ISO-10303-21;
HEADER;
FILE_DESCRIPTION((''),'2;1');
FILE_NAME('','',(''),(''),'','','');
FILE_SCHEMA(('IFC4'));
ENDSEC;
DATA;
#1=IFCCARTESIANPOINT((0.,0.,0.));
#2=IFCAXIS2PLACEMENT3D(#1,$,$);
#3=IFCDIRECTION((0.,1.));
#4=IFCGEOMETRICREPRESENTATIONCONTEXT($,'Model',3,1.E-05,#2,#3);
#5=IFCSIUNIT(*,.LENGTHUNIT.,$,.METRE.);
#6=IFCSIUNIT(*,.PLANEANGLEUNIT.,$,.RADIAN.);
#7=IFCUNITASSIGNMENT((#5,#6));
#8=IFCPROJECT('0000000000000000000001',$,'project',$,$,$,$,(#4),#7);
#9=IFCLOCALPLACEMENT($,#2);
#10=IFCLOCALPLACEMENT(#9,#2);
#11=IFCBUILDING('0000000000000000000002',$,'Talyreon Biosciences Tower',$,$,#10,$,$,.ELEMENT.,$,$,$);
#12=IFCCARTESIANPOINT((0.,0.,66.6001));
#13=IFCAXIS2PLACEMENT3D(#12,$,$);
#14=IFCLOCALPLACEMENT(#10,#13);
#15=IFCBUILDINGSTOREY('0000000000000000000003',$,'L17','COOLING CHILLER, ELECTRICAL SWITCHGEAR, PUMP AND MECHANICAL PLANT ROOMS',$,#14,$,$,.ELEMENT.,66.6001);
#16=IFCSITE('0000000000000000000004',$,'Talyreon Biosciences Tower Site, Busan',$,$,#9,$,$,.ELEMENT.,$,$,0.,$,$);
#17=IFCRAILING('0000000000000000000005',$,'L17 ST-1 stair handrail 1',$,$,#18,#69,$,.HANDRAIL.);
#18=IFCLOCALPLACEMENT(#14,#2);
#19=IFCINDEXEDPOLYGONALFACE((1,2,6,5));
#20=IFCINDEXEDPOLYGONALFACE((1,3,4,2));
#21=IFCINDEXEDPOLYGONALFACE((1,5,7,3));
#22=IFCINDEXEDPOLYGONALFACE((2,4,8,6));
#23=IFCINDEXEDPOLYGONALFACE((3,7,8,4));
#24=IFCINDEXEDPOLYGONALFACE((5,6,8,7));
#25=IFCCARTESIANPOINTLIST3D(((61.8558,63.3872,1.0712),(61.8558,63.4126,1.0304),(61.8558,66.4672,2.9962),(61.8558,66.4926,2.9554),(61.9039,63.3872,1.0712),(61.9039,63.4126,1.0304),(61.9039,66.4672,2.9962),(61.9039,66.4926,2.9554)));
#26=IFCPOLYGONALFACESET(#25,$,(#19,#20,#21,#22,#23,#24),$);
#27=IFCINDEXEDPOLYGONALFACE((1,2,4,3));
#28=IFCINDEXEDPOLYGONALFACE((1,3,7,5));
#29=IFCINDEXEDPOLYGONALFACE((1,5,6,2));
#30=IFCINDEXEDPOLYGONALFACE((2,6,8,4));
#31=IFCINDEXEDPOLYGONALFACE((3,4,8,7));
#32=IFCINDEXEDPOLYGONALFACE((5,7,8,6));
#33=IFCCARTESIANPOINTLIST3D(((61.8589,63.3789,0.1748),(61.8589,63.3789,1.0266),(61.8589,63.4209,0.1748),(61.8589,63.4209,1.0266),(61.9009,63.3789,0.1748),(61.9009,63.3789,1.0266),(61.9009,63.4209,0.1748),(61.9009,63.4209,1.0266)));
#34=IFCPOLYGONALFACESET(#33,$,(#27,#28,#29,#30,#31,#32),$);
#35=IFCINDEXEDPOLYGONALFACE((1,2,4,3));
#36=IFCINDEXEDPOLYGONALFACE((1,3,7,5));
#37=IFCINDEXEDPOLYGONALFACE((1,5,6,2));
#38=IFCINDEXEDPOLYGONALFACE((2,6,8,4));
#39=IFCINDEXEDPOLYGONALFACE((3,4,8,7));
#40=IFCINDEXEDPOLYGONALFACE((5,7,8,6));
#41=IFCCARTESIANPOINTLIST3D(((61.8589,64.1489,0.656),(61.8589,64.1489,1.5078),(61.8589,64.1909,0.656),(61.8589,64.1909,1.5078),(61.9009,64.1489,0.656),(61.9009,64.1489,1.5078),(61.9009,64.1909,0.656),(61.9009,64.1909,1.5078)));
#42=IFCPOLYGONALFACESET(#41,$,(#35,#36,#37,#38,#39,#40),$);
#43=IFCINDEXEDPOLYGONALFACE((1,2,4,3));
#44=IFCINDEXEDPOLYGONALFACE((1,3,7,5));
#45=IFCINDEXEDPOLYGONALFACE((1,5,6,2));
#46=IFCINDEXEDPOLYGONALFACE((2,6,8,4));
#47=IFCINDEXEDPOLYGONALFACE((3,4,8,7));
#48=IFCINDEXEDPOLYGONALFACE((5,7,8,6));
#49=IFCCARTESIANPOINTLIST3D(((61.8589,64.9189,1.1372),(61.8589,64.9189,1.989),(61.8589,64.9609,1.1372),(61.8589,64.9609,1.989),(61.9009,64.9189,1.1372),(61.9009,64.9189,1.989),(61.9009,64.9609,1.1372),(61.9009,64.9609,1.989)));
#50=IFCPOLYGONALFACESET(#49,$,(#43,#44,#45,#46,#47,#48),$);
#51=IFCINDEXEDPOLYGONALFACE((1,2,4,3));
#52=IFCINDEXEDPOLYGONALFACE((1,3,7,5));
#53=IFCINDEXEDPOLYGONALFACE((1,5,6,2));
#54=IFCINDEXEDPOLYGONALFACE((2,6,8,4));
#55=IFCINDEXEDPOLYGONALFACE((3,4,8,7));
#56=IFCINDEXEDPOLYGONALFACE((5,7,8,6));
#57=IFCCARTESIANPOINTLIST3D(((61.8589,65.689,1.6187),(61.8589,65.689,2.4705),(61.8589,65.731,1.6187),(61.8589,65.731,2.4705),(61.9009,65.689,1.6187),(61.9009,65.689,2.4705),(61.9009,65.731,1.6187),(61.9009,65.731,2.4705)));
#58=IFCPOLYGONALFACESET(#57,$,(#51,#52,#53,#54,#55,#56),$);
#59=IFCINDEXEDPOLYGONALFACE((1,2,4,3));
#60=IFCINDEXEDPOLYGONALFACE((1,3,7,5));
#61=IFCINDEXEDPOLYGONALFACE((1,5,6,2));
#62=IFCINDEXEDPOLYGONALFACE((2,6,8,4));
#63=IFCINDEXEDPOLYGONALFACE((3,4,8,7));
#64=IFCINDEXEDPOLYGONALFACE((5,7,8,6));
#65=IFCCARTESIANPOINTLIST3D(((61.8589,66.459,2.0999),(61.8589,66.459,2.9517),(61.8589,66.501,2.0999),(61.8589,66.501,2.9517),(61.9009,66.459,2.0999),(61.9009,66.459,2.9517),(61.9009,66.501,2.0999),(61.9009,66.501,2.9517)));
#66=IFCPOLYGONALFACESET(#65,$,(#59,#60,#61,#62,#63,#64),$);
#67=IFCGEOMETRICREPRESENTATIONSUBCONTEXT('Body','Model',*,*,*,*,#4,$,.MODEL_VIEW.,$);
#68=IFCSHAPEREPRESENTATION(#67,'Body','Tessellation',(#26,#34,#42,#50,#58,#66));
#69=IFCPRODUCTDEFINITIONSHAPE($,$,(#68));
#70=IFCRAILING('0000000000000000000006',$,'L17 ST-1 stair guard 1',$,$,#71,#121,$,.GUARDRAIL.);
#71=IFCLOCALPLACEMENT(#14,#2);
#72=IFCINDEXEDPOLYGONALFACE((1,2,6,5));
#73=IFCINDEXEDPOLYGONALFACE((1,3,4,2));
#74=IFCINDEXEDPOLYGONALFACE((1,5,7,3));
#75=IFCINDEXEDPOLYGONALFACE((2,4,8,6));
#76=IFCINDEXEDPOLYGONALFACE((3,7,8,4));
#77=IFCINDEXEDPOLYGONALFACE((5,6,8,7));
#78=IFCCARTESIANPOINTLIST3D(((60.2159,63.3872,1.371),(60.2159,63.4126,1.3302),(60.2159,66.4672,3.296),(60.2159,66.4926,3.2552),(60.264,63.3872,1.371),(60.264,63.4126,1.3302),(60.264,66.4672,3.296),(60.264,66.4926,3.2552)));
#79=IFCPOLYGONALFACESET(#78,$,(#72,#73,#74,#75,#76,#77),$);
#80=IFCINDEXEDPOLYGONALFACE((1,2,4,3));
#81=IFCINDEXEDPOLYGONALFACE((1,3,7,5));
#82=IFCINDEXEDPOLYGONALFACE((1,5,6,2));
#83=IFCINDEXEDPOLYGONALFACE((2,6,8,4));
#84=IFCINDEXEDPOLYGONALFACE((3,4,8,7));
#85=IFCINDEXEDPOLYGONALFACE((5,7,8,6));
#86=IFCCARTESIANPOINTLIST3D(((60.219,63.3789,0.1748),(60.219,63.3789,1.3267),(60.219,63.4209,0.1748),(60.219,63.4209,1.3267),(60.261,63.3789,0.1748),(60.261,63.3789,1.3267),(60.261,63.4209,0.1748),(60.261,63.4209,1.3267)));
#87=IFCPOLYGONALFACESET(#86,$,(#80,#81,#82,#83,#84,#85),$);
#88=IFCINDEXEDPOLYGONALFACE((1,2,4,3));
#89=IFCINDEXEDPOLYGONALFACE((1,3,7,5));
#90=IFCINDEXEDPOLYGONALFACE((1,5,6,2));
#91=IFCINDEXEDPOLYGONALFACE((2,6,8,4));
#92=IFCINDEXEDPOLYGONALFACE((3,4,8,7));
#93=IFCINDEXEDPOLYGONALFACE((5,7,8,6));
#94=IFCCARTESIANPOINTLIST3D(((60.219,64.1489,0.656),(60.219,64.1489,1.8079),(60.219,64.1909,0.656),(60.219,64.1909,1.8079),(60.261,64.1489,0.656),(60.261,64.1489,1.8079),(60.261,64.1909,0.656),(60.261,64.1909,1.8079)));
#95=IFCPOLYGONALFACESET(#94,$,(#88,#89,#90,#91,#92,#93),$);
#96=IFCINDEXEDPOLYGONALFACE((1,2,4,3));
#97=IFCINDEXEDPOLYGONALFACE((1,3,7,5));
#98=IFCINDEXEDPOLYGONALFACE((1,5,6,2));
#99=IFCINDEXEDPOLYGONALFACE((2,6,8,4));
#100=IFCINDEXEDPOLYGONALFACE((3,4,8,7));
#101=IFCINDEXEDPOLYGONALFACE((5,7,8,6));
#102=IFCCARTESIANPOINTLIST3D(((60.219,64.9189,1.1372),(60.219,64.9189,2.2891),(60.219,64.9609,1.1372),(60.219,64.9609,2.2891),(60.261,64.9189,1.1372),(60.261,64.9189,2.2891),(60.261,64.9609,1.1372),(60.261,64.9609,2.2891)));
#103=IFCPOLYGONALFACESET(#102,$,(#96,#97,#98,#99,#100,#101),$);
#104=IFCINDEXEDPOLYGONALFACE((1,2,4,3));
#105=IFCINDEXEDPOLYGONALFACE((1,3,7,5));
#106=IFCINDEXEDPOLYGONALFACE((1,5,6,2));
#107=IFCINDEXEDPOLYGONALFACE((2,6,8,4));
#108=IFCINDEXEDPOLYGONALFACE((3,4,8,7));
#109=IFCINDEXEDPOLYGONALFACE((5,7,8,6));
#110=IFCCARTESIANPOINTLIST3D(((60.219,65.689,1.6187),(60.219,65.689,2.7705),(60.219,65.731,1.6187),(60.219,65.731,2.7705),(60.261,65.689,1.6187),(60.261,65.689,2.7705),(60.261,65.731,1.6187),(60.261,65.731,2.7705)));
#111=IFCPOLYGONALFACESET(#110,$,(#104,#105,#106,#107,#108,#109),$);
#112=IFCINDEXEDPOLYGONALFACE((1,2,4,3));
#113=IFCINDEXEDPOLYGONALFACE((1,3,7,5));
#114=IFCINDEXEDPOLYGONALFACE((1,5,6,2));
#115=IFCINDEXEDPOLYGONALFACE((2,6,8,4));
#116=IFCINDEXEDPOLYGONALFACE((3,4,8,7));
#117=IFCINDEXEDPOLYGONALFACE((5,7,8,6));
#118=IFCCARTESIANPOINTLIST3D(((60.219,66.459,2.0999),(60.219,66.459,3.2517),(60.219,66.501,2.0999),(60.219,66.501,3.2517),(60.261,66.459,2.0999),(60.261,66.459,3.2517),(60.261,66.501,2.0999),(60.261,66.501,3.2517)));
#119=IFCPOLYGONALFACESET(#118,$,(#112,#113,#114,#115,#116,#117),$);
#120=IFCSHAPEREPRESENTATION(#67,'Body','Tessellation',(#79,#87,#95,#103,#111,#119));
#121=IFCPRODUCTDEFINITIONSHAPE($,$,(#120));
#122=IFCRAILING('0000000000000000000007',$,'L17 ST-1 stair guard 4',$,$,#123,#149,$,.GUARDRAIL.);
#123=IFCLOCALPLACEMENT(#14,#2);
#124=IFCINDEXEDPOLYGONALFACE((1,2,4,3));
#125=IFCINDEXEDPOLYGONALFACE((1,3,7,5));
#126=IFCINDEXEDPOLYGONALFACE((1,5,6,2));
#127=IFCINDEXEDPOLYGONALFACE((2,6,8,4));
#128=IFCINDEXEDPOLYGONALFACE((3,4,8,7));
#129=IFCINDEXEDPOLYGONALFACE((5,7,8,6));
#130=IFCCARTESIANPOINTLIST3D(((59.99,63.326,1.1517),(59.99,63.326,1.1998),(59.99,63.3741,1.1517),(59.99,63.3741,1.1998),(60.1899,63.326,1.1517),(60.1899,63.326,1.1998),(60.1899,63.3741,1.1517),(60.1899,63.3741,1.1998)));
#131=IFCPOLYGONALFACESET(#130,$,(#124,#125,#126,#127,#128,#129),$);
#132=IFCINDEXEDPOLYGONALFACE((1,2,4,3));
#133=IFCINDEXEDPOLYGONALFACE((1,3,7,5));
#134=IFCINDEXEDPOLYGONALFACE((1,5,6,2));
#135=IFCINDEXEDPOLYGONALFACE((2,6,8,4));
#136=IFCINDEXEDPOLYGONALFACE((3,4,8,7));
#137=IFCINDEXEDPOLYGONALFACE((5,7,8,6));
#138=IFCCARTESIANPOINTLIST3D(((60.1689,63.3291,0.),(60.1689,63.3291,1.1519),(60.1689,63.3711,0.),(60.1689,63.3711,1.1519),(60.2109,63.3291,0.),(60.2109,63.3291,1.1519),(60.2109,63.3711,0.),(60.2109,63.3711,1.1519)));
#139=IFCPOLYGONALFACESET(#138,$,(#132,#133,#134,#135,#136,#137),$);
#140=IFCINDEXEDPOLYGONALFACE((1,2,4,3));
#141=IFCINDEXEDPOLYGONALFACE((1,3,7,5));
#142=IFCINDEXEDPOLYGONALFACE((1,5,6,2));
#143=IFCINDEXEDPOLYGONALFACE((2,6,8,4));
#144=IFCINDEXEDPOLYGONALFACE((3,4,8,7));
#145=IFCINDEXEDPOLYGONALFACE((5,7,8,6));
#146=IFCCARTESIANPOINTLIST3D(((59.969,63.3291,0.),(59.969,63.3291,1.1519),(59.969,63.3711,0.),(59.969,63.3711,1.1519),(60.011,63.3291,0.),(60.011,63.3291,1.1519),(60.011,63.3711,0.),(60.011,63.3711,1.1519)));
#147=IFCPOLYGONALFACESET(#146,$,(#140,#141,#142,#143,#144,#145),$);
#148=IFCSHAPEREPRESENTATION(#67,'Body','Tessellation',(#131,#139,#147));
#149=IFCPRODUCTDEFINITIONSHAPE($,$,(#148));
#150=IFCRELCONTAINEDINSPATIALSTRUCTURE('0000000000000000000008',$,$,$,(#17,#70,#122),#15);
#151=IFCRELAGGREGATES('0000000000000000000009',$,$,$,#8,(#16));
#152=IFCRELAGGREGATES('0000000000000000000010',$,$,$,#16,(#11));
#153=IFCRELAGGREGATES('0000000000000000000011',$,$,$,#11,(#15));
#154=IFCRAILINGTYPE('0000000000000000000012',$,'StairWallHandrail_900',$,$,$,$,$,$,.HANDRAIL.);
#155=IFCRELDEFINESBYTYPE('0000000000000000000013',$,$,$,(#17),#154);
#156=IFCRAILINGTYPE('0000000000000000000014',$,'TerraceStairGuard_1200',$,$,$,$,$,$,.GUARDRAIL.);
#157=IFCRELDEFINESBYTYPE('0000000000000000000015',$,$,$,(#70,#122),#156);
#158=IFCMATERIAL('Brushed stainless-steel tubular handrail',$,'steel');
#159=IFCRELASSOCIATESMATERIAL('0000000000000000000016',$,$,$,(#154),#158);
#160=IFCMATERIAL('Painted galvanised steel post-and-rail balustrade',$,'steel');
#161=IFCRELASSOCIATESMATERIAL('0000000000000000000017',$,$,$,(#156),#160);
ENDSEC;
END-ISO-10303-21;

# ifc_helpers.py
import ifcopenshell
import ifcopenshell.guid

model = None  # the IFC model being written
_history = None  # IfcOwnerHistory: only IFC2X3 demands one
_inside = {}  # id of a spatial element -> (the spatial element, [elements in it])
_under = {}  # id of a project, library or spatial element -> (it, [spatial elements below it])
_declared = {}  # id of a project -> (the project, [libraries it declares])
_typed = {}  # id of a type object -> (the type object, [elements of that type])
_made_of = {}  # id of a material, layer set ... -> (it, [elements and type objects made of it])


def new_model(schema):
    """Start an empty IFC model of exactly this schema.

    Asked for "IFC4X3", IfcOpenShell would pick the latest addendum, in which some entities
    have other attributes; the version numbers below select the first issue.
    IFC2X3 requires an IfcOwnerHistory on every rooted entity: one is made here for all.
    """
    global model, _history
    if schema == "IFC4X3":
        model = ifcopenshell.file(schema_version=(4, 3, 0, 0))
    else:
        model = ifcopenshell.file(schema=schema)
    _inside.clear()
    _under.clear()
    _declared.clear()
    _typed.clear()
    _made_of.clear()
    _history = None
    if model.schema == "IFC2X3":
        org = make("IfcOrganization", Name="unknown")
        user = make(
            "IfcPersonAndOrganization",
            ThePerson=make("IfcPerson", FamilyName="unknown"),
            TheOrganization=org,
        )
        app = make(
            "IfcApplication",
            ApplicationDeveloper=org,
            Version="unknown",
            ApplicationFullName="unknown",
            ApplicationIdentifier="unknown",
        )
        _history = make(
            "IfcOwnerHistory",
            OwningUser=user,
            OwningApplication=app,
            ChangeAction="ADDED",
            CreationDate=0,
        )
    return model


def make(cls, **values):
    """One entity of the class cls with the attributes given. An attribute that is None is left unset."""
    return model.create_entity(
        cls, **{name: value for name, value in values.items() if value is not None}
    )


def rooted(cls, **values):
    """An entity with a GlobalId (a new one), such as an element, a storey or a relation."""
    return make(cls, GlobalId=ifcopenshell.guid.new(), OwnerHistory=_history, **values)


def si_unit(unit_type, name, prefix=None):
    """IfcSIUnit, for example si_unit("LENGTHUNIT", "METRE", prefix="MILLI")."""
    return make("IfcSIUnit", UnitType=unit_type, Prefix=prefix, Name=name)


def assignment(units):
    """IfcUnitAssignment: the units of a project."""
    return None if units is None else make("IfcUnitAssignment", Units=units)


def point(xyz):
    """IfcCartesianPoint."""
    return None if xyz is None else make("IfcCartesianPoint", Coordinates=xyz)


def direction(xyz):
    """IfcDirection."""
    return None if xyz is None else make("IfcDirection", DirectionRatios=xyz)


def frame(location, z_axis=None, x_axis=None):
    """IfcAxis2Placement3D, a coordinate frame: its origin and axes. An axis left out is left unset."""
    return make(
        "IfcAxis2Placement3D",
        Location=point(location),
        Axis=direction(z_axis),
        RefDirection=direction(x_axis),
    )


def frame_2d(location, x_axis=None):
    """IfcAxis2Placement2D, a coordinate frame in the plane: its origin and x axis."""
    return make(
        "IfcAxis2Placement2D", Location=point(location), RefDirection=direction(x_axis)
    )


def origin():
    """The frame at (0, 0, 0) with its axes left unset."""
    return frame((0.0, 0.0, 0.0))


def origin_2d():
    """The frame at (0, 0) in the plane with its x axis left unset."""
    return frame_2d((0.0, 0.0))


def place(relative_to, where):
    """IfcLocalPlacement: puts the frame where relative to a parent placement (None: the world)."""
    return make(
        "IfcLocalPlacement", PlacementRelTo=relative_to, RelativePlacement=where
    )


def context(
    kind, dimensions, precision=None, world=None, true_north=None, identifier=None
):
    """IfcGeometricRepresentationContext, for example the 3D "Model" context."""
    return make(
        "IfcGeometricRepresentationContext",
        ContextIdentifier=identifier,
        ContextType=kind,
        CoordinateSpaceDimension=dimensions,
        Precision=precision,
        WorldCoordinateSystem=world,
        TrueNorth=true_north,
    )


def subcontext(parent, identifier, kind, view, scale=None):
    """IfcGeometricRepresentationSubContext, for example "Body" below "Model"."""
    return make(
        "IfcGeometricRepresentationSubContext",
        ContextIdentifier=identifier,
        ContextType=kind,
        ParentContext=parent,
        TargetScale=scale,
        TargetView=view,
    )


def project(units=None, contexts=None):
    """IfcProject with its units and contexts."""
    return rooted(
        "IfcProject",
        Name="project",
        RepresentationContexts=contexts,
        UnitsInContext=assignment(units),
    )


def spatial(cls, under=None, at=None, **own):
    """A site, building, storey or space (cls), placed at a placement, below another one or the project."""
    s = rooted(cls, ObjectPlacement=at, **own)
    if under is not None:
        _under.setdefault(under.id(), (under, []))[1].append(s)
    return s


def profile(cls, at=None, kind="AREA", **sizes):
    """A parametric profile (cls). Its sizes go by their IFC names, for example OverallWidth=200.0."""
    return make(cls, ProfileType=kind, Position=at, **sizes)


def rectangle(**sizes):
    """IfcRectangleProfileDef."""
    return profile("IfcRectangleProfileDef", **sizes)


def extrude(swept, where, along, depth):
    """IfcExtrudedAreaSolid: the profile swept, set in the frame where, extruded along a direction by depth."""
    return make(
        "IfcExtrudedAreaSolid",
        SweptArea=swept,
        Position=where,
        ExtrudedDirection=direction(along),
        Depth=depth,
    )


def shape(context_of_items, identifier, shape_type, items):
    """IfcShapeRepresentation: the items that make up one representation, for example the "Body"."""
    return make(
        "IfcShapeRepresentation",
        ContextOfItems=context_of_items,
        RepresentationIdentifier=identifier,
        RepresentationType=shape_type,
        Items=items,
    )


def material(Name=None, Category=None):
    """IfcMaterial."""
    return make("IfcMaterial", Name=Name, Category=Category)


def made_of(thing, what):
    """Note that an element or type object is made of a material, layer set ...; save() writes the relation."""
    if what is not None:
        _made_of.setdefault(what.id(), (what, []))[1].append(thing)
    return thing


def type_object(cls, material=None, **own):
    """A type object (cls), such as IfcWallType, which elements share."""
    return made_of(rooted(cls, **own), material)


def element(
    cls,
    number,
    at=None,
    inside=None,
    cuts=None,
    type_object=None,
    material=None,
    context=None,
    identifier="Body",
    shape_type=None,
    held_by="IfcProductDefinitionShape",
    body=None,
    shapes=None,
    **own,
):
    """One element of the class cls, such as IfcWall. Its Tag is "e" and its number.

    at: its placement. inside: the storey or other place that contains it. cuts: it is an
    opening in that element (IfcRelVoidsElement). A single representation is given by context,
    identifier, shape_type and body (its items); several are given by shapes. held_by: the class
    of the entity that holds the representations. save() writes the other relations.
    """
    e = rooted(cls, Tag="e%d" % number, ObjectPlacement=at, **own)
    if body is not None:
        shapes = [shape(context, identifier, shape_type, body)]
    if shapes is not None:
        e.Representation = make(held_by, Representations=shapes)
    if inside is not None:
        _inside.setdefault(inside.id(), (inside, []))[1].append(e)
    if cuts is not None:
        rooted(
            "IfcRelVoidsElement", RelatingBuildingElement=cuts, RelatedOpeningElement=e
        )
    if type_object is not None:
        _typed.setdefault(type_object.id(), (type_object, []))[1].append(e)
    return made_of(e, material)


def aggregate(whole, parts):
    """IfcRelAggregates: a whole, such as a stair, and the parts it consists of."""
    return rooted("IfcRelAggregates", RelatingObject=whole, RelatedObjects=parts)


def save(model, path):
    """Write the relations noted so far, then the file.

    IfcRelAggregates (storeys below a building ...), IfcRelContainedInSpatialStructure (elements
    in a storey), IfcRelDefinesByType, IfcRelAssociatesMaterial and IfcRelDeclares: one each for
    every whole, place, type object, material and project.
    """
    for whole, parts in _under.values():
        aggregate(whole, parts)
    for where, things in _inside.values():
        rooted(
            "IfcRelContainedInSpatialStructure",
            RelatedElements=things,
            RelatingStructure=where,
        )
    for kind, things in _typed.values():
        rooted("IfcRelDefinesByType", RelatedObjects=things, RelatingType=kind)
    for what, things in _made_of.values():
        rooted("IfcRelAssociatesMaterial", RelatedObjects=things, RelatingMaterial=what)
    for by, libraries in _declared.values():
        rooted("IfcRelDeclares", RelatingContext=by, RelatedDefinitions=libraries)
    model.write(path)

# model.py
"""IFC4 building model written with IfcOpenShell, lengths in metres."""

from ifc_helpers import new_model, si_unit, direction, frame, origin, origin_2d, place, context, subcontext, project, spatial, rectangle, extrude, material, type_object, element, save


model = new_model("IFC4")

# Units and contexts
model_context = context("Model", 3, precision=1e-05, world=origin(), true_north=direction((0.0, 1.0)))
body_context = subcontext(model_context, "Body", "Model", "MODEL_VIEW")
ifc_project = project(units=[si_unit("LENGTHUNIT", "METRE"), si_unit("PLANEANGLEUNIT", "RADIAN")], contexts=[model_context])

# Site, building, storey
site_placement = place(None, origin())
site = spatial("IfcSite", under=ifc_project, at=site_placement, Name="Talyreon Biosciences Tower Site, Busan", CompositionType="ELEMENT", RefElevation=0.0)
building_placement = place(site_placement, origin())
building = spatial("IfcBuilding", under=site, at=building_placement, Name="Talyreon Biosciences Tower", CompositionType="ELEMENT")
storey_placement = place(building_placement, frame((0.0, 0.0, 66.6001)))
storey = spatial("IfcBuildingStorey", under=building, at=storey_placement, Name="L17", Description="COOLING CHILLER, ELECTRICAL SWITCHGEAR, PUMP AND MECHANICAL PLANT ROOMS", CompositionType="ELEMENT", Elevation=66.6001)

# Railings
ifc_material_1 = material(Name="Brushed stainless-steel tubular handrail", Category="steel")
railing_type_1 = type_object("IfcRailingType", Name="StairWallHandrail_900", PredefinedType="HANDRAIL", material=ifc_material_1)
railing_1_placement = place(storey_placement, frame((61.8799, 63.3999, 0.1748)))
element("IfcRailing", 1, at=railing_1_placement, inside=storey, type_object=railing_type_1, Name="L17 ST-1 stair handrail 1", PredefinedType="HANDRAIL", context=body_context, shape_type="SweptSolid", body=[
    extrude(rectangle(XDim=0.0481, YDim=0.0481, at=origin_2d()), frame((0.0, 0.0, 0.876), z_axis=(0.0, 0.847998, 0.529999), x_axis=(-1.0, 0.0, 0.0)), (0.0, 0.0, 1.0), 3.6321),
    extrude(rectangle(XDim=0.042, YDim=0.042, at=origin_2d()), origin(), (0.0, 0.0, 1.0), 0.8518),
    extrude(rectangle(XDim=0.042, YDim=0.042, at=origin_2d()), frame((0.0, 0.77, 0.4812)), (0.0, 0.0, 1.0), 0.8518),
    extrude(rectangle(XDim=0.042, YDim=0.042, at=origin_2d()), frame((0.0, 1.54, 0.9624)), (0.0, 0.0, 1.0), 0.8518),
    extrude(rectangle(XDim=0.042, YDim=0.042, at=origin_2d()), frame((0.0, 2.3101, 1.4438)), (0.0, 0.0, 1.0), 0.8518),
    extrude(rectangle(XDim=0.042, YDim=0.042, at=origin_2d()), frame((0.0, 3.0801, 1.925)), (0.0, 0.0, 1.0), 0.8518),
])
ifc_material_2 = material(Name="Painted galvanised steel post-and-rail balustrade", Category="steel")
railing_type_2 = type_object("IfcRailingType", Name="TerraceStairGuard_1200", PredefinedType="GUARDRAIL", material=ifc_material_2)
railing_2_placement = place(storey_placement, frame((60.24, 63.3999, 0.1748)))
element("IfcRailing", 2, at=railing_2_placement, inside=storey, type_object=railing_type_2, Name="L17 ST-1 stair guard 1", PredefinedType="GUARDRAIL", context=body_context, shape_type="SweptSolid", body=[
    extrude(rectangle(XDim=0.0481, YDim=0.0481, at=origin_2d()), frame((0.0, 0.0, 1.1758), z_axis=(0.0, 0.847998, 0.529999), x_axis=(-1.0, 0.0, 0.0)), (0.0, 0.0, 1.0), 3.6321),
    extrude(rectangle(XDim=0.042, YDim=0.042, at=origin_2d()), origin(), (0.0, 0.0, 1.0), 1.1519),
    extrude(rectangle(XDim=0.042, YDim=0.042, at=origin_2d()), frame((0.0, 0.77, 0.4812)), (0.0, 0.0, 1.0), 1.1519),
    extrude(rectangle(XDim=0.042, YDim=0.042, at=origin_2d()), frame((0.0, 1.54, 0.9624)), (0.0, 0.0, 1.0), 1.1519),
    extrude(rectangle(XDim=0.042, YDim=0.042, at=origin_2d()), frame((0.0, 2.3101, 1.4438)), (0.0, 0.0, 1.0), 1.1519),
    extrude(rectangle(XDim=0.042, YDim=0.042, at=origin_2d()), frame((0.0, 3.0801, 1.925)), (0.0, 0.0, 1.0), 1.1519),
])
railing_3_placement = place(storey_placement, frame((60.1899, 63.3501, 0.0)))
element("IfcRailing", 3, at=railing_3_placement, inside=storey, type_object=railing_type_2, Name="L17 ST-1 stair guard 4", PredefinedType="GUARDRAIL", context=body_context, shape_type="SweptSolid", body=[
    extrude(rectangle(XDim=0.0481, YDim=0.0481, at=origin_2d()), frame((0.0, 0.0, 1.1758), z_axis=(-1.0, 0.0, 0.0), x_axis=(0.0, -1.0, 0.0)), (0.0, 0.0, 1.0), 0.2),
    extrude(rectangle(XDim=0.042, YDim=0.042, at=origin_2d()), origin(), (0.0, 0.0, 1.0), 1.1519),
    extrude(rectangle(XDim=0.042, YDim=0.042, at=origin_2d()), frame((-0.2, 0.0, 0.0)), (0.0, 0.0, 1.0), 1.1519),
])

save(model, "model.ifc")
